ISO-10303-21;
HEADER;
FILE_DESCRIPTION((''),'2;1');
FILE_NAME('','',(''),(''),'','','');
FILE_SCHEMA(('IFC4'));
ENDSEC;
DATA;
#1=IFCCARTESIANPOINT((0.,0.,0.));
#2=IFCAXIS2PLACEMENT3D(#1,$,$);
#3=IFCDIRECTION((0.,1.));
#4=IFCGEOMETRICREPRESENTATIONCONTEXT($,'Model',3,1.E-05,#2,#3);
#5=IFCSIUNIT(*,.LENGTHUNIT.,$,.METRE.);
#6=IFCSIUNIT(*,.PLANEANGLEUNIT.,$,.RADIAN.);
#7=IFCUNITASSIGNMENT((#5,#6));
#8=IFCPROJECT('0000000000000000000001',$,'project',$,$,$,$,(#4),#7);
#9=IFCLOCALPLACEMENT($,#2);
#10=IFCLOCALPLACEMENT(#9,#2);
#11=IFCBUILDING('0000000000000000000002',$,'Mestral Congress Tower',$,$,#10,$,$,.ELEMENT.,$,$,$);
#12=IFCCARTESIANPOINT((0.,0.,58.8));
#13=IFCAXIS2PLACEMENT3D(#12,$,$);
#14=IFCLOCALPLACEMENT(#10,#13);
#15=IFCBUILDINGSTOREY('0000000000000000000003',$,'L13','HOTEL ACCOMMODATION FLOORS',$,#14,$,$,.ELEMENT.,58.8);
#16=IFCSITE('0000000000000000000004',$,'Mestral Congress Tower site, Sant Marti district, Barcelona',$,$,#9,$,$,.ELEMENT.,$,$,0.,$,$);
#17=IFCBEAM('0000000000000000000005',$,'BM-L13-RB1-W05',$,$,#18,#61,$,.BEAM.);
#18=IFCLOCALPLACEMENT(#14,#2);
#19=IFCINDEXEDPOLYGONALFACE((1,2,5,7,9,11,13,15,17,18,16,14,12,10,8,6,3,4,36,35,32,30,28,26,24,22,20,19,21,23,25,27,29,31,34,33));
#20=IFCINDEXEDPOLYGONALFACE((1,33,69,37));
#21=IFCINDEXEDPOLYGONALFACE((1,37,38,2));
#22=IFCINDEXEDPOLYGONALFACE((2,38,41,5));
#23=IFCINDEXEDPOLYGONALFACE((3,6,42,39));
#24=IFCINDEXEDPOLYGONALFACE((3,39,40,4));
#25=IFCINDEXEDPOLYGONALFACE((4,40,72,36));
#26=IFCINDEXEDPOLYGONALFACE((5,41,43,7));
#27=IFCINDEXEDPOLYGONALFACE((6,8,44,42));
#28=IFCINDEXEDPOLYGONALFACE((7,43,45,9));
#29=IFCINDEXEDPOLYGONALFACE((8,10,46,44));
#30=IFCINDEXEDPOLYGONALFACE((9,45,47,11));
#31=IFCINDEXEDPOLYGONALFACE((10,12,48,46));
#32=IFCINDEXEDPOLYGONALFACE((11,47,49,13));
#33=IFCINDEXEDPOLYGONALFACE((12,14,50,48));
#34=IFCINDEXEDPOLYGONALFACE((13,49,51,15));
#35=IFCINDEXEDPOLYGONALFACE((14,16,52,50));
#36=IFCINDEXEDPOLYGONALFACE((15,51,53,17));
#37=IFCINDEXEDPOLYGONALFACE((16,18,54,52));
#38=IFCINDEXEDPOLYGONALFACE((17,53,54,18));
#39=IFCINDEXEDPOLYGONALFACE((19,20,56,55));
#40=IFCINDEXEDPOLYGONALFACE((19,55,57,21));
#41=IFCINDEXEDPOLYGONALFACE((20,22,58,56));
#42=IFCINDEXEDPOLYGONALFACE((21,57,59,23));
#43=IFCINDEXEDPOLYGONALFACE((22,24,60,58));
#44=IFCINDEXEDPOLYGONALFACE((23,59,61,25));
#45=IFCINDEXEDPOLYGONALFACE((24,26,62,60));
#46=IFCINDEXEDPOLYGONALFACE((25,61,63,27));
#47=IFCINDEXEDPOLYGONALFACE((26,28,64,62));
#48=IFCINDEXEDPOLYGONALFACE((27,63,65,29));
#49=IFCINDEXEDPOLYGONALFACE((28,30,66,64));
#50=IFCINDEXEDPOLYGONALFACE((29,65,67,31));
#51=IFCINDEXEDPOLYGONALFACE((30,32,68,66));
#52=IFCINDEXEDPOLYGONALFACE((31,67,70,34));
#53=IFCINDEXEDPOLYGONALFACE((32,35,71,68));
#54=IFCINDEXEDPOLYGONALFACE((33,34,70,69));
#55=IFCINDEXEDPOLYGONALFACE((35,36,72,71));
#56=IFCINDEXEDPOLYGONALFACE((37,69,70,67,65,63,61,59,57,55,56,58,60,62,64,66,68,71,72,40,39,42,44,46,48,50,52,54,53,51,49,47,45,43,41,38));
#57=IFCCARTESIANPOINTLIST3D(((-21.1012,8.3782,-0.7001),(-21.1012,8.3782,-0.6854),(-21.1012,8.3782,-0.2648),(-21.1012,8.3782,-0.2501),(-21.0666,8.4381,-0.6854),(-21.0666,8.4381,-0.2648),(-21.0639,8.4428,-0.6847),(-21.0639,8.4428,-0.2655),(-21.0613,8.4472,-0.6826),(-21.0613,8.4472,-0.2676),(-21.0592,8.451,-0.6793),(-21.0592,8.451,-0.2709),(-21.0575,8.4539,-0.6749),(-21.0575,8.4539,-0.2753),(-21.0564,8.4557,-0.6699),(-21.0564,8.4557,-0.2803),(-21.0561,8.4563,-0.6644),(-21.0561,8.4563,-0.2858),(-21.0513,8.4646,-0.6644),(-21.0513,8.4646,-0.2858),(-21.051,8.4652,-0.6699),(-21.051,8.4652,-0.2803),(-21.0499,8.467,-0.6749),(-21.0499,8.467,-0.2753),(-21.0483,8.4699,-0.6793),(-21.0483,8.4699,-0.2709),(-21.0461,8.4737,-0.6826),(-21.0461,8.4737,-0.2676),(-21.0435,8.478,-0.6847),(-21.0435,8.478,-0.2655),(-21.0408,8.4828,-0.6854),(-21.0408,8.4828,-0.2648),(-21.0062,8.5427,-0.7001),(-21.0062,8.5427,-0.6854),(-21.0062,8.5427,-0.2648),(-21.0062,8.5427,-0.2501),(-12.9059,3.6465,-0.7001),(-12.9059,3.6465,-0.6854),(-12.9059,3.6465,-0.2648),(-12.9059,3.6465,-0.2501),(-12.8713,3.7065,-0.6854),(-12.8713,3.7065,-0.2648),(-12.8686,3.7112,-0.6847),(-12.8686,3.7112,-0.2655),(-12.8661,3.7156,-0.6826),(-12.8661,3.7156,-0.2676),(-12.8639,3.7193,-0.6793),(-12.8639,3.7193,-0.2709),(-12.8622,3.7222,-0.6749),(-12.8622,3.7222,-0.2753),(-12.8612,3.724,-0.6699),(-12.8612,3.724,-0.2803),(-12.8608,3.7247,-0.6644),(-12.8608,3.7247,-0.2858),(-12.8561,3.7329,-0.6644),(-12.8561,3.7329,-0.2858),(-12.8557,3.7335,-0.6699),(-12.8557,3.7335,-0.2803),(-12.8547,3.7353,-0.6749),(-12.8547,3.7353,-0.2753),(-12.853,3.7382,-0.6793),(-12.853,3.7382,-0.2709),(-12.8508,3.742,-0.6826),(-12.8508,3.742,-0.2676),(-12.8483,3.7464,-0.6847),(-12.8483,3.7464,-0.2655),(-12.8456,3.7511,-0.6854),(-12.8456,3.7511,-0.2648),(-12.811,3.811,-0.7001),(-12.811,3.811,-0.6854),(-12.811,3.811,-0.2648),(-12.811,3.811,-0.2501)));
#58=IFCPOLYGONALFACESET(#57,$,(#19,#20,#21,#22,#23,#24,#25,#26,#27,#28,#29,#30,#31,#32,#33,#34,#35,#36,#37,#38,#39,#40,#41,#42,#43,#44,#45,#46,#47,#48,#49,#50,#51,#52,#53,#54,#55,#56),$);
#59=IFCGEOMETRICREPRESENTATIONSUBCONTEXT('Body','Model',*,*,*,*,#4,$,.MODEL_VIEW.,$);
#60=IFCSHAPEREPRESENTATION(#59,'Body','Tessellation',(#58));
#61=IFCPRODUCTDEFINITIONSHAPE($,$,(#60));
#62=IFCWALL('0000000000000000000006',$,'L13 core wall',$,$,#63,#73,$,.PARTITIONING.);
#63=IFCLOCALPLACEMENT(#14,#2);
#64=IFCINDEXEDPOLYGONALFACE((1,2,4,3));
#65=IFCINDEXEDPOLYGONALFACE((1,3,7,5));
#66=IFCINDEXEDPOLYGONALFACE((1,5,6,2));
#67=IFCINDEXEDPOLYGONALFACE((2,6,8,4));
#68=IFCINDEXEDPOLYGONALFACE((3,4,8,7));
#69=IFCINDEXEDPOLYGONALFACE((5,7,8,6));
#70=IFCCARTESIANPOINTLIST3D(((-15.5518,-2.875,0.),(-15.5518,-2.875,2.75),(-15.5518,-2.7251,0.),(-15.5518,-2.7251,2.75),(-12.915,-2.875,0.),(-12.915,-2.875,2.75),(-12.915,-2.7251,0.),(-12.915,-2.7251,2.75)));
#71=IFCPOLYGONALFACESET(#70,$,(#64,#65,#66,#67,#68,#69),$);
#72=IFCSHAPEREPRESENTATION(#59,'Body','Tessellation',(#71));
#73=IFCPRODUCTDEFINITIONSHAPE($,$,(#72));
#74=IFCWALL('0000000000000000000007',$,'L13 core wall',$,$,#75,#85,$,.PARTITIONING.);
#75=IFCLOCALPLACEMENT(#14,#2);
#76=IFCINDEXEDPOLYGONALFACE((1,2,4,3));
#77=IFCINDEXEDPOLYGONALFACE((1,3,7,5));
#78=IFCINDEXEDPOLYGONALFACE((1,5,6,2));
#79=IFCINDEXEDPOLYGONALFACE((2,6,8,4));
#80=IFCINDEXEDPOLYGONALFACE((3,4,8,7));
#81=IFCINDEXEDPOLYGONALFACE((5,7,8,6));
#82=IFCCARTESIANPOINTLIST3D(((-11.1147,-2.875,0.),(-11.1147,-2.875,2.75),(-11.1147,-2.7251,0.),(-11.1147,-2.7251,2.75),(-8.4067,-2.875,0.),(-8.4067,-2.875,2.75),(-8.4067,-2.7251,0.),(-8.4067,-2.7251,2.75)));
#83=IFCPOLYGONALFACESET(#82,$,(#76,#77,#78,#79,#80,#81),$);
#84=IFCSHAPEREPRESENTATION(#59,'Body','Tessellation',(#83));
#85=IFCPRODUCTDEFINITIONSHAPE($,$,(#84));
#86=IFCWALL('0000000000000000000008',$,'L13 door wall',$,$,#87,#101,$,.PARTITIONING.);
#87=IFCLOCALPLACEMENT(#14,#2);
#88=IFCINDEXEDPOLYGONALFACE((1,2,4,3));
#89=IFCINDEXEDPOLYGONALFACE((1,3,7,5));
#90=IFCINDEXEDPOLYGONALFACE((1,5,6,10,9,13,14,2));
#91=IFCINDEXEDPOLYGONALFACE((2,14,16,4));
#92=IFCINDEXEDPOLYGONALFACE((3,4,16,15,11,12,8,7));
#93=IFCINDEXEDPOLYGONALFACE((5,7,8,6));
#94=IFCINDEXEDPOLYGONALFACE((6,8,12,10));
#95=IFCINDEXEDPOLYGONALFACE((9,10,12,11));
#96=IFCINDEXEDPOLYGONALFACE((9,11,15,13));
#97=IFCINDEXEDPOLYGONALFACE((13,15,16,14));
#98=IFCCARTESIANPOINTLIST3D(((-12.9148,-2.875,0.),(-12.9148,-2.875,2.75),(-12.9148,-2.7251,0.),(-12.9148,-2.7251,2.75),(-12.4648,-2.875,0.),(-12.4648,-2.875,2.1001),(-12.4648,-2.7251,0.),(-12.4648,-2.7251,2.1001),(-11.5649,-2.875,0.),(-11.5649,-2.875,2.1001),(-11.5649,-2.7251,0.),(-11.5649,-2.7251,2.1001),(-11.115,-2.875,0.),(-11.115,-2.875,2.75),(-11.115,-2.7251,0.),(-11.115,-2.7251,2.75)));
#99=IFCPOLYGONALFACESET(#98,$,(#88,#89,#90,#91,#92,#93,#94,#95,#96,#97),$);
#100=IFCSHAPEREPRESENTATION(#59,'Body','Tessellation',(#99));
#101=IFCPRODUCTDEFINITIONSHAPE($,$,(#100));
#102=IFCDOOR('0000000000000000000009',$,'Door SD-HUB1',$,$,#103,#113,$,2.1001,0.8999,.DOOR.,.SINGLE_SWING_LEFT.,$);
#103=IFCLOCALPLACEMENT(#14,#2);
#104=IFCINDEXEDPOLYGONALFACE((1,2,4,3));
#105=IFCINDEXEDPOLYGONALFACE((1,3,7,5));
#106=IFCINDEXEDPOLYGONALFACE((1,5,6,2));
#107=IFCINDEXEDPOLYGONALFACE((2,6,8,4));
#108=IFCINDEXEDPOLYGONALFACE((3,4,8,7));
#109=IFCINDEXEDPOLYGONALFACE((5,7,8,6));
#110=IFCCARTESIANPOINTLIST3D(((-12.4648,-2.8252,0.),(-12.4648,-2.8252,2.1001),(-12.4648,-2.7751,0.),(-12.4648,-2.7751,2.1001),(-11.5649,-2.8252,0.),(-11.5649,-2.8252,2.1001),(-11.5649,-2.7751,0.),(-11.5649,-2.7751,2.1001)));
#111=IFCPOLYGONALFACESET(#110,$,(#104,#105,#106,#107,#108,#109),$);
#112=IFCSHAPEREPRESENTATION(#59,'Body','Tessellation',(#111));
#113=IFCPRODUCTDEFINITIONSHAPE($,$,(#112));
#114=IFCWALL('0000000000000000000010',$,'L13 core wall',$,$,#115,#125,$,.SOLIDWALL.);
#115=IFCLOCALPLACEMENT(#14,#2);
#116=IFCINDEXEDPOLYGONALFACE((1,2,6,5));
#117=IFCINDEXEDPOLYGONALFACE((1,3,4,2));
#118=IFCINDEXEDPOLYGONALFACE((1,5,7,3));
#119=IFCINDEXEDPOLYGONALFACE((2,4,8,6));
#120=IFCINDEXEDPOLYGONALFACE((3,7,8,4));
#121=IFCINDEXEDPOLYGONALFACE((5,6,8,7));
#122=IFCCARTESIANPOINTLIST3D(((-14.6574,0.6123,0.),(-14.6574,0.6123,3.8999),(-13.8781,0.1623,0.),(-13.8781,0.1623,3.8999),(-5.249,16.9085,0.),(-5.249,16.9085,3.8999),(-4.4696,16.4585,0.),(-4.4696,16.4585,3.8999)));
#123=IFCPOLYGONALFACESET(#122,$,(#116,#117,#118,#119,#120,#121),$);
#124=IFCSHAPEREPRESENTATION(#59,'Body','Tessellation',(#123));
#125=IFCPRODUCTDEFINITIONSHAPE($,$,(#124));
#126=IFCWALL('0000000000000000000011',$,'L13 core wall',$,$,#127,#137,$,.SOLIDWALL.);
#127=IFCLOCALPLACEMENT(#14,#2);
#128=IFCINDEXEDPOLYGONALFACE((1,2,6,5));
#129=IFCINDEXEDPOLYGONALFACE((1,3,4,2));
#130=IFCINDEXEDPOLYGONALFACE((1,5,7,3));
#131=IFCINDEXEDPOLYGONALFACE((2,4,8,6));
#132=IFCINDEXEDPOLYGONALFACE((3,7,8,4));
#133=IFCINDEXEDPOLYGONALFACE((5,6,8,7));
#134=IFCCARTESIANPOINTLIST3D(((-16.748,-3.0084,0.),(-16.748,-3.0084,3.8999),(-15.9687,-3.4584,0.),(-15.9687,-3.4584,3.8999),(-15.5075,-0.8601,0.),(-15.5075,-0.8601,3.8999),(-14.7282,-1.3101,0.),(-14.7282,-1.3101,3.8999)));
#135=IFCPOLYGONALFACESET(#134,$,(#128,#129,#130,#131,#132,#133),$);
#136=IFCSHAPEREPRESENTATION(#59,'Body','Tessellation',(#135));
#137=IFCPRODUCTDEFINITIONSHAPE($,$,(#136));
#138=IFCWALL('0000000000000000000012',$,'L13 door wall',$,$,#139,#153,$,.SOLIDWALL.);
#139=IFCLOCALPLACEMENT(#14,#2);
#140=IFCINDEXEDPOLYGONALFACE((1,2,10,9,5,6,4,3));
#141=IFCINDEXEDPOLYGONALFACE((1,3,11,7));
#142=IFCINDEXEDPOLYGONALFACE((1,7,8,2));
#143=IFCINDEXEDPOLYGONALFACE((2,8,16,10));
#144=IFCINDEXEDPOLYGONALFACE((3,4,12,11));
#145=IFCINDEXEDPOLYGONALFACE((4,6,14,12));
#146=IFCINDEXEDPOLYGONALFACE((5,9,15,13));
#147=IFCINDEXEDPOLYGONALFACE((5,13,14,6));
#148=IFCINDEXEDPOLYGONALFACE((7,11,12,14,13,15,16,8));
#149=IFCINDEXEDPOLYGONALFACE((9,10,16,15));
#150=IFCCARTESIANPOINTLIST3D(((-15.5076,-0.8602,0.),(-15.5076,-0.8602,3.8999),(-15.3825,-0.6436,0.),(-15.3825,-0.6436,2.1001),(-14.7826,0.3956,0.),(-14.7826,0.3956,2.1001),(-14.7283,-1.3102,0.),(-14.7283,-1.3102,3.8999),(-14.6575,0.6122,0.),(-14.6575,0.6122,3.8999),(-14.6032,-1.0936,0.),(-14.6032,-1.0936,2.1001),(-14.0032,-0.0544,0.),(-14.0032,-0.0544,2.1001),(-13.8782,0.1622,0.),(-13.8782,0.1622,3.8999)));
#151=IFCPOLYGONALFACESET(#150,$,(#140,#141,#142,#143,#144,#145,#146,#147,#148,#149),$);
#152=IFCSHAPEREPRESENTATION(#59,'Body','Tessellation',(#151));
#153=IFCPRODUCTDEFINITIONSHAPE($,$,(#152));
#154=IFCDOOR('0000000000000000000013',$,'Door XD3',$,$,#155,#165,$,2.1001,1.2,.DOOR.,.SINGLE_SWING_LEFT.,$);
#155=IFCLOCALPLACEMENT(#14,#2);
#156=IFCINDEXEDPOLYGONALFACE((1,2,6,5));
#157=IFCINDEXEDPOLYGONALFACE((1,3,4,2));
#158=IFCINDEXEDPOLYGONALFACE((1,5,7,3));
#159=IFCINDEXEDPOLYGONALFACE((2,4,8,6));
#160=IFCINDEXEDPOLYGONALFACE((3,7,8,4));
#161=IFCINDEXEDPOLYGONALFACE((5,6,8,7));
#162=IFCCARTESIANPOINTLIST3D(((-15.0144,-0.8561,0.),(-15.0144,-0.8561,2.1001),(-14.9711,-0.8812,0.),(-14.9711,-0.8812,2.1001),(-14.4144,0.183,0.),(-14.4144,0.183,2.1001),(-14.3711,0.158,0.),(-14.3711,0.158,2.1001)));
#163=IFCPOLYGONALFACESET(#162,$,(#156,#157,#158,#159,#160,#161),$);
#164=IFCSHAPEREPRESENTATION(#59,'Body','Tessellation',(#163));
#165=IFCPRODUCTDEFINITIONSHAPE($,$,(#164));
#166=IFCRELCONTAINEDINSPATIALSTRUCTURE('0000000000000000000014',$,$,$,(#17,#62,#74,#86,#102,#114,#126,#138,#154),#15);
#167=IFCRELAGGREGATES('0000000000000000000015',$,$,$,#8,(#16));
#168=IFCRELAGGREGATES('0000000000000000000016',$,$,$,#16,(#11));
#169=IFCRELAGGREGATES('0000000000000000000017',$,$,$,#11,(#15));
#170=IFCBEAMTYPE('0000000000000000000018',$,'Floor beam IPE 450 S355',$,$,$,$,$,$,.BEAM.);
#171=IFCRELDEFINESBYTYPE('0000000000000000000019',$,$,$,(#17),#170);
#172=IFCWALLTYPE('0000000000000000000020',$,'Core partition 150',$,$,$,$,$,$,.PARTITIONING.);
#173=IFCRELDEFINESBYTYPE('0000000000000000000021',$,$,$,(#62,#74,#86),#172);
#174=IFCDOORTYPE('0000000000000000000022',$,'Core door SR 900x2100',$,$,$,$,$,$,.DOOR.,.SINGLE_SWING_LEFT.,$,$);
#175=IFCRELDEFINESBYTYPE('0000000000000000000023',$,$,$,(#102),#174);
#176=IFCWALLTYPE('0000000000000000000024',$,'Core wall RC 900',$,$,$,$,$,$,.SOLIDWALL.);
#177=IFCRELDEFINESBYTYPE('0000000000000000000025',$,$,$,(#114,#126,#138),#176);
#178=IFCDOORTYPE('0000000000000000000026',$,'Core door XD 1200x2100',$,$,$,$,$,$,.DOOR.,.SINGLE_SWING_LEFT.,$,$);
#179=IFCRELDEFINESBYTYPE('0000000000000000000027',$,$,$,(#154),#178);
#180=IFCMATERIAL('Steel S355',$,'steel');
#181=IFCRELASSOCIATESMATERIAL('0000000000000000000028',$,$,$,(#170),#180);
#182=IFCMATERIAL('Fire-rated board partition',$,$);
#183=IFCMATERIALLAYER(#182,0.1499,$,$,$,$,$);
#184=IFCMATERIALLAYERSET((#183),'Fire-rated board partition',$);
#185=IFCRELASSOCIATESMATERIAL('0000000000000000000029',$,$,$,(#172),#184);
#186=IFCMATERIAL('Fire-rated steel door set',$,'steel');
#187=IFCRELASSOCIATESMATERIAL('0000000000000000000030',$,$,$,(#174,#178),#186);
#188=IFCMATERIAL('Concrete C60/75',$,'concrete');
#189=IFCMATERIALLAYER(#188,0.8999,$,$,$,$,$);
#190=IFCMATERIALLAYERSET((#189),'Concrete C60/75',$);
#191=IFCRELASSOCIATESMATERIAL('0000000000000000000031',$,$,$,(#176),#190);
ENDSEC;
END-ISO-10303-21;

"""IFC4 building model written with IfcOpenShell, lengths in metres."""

from ifc_helpers import new_model, si_unit, direction, frame, frame_2d, origin, origin_2d, place, context, subcontext, project, spatial, rectangle, i_section, extrude, material, layer, layer_set, material_profile, profile_set, type_object, element, fill, save


model = new_model("IFC4")

# Units and contexts
model_context = context("Model", 3, precision=1e-05, world=origin(), true_north=direction((0.0, 1.0)))
body_context = subcontext(model_context, "Body", "Model", "MODEL_VIEW")
ifc_project = project(units=[si_unit("LENGTHUNIT", "METRE"), si_unit("PLANEANGLEUNIT", "RADIAN")], contexts=[model_context])

# Site, building, storey
site_placement = place(None, origin())
site = spatial("IfcSite", under=ifc_project, at=site_placement, Name="Mestral Congress Tower site, Sant Marti district, Barcelona", CompositionType="ELEMENT", RefElevation=0.0)
building_placement = place(site_placement, origin())
building = spatial("IfcBuilding", under=site, at=building_placement, Name="Mestral Congress Tower", CompositionType="ELEMENT")
storey_placement = place(building_placement, frame((0.0, 0.0, 58.8)))
storey = spatial("IfcBuildingStorey", under=building, at=storey_placement, Name="L13", Description="HOTEL ACCOMMODATION FLOORS", CompositionType="ELEMENT", Elevation=58.8)

# Beam
ifc_material_1 = material(Name="Steel S355", Category="steel")
ifc_material_profile = material_profile(ifc_material_1, i_section(OverallWidth=0.1899, OverallDepth=0.45, WebThickness=0.0095, FlangeThickness=0.0146, FilletRadius=0.021, at=origin_2d()), Name="IPE 450")
ifc_profile_set = profile_set([ifc_material_profile], Name="Steel S355")
beam_type = type_object("IfcBeamType", Name="Floor beam IPE 450 S355", PredefinedType="BEAM", material=ifc_profile_set)
beam_placement = place(storey_placement, frame((-21.0537, 8.4604, -0.4751), z_axis=(0.86602, -0.50001, 0.0), x_axis=(0.50001, 0.86602, 0.0)))
element("IfcBeam", 1, at=beam_placement, inside=storey, type_object=beam_type, Name="BM-L13-RB1-W05", PredefinedType="BEAM", context=body_context, shape_type="SweptSolid", body=[
    extrude(i_section(OverallWidth=0.1899, OverallDepth=0.45, WebThickness=0.0095, FlangeThickness=0.0146, FilletRadius=0.021, at=origin_2d()), origin(), (0.0, 0.0, 1.0), 9.4631),
])

# Walls
ifc_material_2 = material(Name="Fire-rated board partition")
ifc_layer_1 = layer(ifc_material_2, 0.1499)
ifc_layer_set_1 = layer_set([ifc_layer_1], Name="Fire-rated board partition")
wall_type_1 = type_object("IfcWallType", Name="Core partition 150", PredefinedType="PARTITIONING", material=ifc_layer_set_1)
wall_1_placement = place(storey_placement, frame((-12.915, -2.8, 0.0), z_axis=(0.0, 0.0, 1.0), x_axis=(-1.0, 0.0, 0.0)))
element("IfcWall", 2, at=wall_1_placement, inside=storey, type_object=wall_type_1, Name="L13 core wall", PredefinedType="PARTITIONING", context=body_context, shape_type="SweptSolid", body=[
    extrude(rectangle(XDim=2.6367, YDim=0.1499, at=frame_2d((1.3184, 0.0))), origin(), (0.0, 0.0, 1.0), 2.75),
])
wall_2_placement = place(storey_placement, frame((-11.1147, -2.8, 0.0), z_axis=(0.0, 0.0, 1.0), x_axis=(1.0, 0.0, 0.0)))
element("IfcWall", 3, at=wall_2_placement, inside=storey, type_object=wall_type_1, Name="L13 core wall", PredefinedType="PARTITIONING", context=body_context, shape_type="SweptSolid", body=[
    extrude(rectangle(XDim=2.708, YDim=0.1499, at=frame_2d((1.354, 0.0))), origin(), (0.0, 0.0, 1.0), 2.75),
])

# Wall, opening, door
wall_3_placement = place(storey_placement, frame((-12.9148, -2.8, 0.0), z_axis=(0.0, 0.0, 1.0), x_axis=(1.0, 0.0, 0.0)))
wall_3 = element("IfcWall", 4, at=wall_3_placement, inside=storey, type_object=wall_type_1, Name="L13 door wall", PredefinedType="PARTITIONING", context=body_context, shape_type="SweptSolid", body=[
    extrude(rectangle(XDim=1.7998, YDim=0.1499, at=frame_2d((0.8999, 0.0))), origin(), (0.0, 0.0, 1.0), 2.75),
])
opening_1_placement = place(wall_3_placement, frame((0.45, 0.0, 0.0)))
opening_1 = element("IfcOpeningElement", 5, at=opening_1_placement, cuts=wall_3, PredefinedType="OPENING", context=body_context, shape_type="SweptSolid", body=[
    extrude(rectangle(XDim=0.8999, YDim=2.1001, at=frame_2d((0.45, 1.05))), frame((0.0, 0.085, 0.0), z_axis=(0.0, -1.0, 0.0), x_axis=(1.0, 0.0, 0.0)), (0.0, 0.0, 1.0), 0.1699),
])
ifc_material_3 = material(Name="Fire-rated steel door set", Category="steel")
door_type_1 = type_object("IfcDoorType", Name="Core door SR 900x2100", OperationType="SINGLE_SWING_LEFT", PredefinedType="DOOR", material=ifc_material_3)
door_1_placement = place(opening_1_placement, origin())
door_1 = element("IfcDoor", 6, at=door_1_placement, inside=storey, type_object=door_type_1, Name="Door SD-HUB1", OperationType="SINGLE_SWING_LEFT", OverallHeight=2.1001, OverallWidth=0.8999, PredefinedType="DOOR", context=body_context, shape_type="SweptSolid", body=[
    extrude(rectangle(XDim=0.8999, YDim=2.1001, at=frame_2d((0.45, 1.05))), frame((0.0, 0.0249, 0.0), z_axis=(0.0, -1.0, 0.0), x_axis=(1.0, 0.0, 0.0)), (0.0, 0.0, 1.0), 0.05),
])
fill(opening_1, door_1)

# Walls
ifc_material_4 = material(Name="Concrete C60/75", Category="concrete")
ifc_layer_2 = layer(ifc_material_4, 0.8999)
ifc_layer_set_2 = layer_set([ifc_layer_2], Name="Concrete C60/75")
wall_type_2 = type_object("IfcWallType", Name="Core wall RC 900", PredefinedType="SOLIDWALL", material=ifc_layer_set_2)
wall_4_placement = place(storey_placement, frame((-14.2678, 0.3872, 0.0), z_axis=(0.0, 0.0, 1.0), x_axis=(0.499995, 0.866029, 0.0)))
element("IfcWall", 7, at=wall_4_placement, inside=storey, type_object=wall_type_2, Name="L13 core wall", PredefinedType="SOLIDWALL", context=body_context, shape_type="SweptSolid", body=[
    extrude(rectangle(XDim=18.8171, YDim=0.8999, at=frame_2d((9.4087, 0.0))), origin(), (0.0, 0.0, 1.0), 3.8999),
])
wall_5_placement = place(storey_placement, frame((-15.1179, -1.0852, 0.0), z_axis=(0.0, 0.0, 1.0), x_axis=(-0.500066, -0.865987, 0.0)))
element("IfcWall", 8, at=wall_5_placement, inside=storey, type_object=wall_type_2, Name="L13 core wall", PredefinedType="SOLIDWALL", context=body_context, shape_type="SweptSolid", body=[
    extrude(rectangle(XDim=2.4807, YDim=0.8999, at=frame_2d((1.2402, 0.0))), origin(), (0.0, 0.0, 1.0), 3.8999),
])

# Wall, opening, door
wall_6_placement = place(storey_placement, frame((-15.1179, -1.0852, 0.0), z_axis=(0.0, 0.0, 1.0), x_axis=(0.5, 0.866025, 0.0)))
wall_6 = element("IfcWall", 9, at=wall_6_placement, inside=storey, type_object=wall_type_2, Name="L13 door wall", PredefinedType="SOLIDWALL", context=body_context, shape_type="SweptSolid", body=[
    extrude(rectangle(XDim=1.7002, YDim=0.8999, at=frame_2d((0.8501, 0.0))), origin(), (0.0, 0.0, 1.0), 3.8999),
])
opening_2_placement = place(wall_6_placement, frame((0.25, 0.0, 0.0)))
opening_2 = element("IfcOpeningElement", 10, at=opening_2_placement, cuts=wall_6, PredefinedType="OPENING", context=body_context, shape_type="SweptSolid", body=[
    extrude(rectangle(XDim=1.2, YDim=2.1001, at=frame_2d((0.6001, 1.05))), frame((0.0, 0.46, 0.0), z_axis=(0.0, -1.0, 0.0), x_axis=(1.0, 0.0, 0.0)), (0.0, 0.0, 1.0), 0.9199),
])
door_type_2 = type_object("IfcDoorType", Name="Core door XD 1200x2100", OperationType="SINGLE_SWING_LEFT", PredefinedType="DOOR", material=ifc_material_3)
door_2_placement = place(opening_2_placement, origin())
door_2 = element("IfcDoor", 11, at=door_2_placement, inside=storey, type_object=door_type_2, Name="Door XD3", OperationType="SINGLE_SWING_LEFT", OverallHeight=2.1001, OverallWidth=1.2, PredefinedType="DOOR", context=body_context, shape_type="SweptSolid", body=[
    extrude(rectangle(XDim=1.2, YDim=2.1001, at=frame_2d((0.6001, 1.05))), frame((0.0, 0.0249, 0.0), z_axis=(0.0, -1.0, 0.0), x_axis=(1.0, 0.0, 0.0)), (0.0, 0.0, 1.0), 0.05),
])
fill(opening_2, door_2)

save(model, "model.ifc")
